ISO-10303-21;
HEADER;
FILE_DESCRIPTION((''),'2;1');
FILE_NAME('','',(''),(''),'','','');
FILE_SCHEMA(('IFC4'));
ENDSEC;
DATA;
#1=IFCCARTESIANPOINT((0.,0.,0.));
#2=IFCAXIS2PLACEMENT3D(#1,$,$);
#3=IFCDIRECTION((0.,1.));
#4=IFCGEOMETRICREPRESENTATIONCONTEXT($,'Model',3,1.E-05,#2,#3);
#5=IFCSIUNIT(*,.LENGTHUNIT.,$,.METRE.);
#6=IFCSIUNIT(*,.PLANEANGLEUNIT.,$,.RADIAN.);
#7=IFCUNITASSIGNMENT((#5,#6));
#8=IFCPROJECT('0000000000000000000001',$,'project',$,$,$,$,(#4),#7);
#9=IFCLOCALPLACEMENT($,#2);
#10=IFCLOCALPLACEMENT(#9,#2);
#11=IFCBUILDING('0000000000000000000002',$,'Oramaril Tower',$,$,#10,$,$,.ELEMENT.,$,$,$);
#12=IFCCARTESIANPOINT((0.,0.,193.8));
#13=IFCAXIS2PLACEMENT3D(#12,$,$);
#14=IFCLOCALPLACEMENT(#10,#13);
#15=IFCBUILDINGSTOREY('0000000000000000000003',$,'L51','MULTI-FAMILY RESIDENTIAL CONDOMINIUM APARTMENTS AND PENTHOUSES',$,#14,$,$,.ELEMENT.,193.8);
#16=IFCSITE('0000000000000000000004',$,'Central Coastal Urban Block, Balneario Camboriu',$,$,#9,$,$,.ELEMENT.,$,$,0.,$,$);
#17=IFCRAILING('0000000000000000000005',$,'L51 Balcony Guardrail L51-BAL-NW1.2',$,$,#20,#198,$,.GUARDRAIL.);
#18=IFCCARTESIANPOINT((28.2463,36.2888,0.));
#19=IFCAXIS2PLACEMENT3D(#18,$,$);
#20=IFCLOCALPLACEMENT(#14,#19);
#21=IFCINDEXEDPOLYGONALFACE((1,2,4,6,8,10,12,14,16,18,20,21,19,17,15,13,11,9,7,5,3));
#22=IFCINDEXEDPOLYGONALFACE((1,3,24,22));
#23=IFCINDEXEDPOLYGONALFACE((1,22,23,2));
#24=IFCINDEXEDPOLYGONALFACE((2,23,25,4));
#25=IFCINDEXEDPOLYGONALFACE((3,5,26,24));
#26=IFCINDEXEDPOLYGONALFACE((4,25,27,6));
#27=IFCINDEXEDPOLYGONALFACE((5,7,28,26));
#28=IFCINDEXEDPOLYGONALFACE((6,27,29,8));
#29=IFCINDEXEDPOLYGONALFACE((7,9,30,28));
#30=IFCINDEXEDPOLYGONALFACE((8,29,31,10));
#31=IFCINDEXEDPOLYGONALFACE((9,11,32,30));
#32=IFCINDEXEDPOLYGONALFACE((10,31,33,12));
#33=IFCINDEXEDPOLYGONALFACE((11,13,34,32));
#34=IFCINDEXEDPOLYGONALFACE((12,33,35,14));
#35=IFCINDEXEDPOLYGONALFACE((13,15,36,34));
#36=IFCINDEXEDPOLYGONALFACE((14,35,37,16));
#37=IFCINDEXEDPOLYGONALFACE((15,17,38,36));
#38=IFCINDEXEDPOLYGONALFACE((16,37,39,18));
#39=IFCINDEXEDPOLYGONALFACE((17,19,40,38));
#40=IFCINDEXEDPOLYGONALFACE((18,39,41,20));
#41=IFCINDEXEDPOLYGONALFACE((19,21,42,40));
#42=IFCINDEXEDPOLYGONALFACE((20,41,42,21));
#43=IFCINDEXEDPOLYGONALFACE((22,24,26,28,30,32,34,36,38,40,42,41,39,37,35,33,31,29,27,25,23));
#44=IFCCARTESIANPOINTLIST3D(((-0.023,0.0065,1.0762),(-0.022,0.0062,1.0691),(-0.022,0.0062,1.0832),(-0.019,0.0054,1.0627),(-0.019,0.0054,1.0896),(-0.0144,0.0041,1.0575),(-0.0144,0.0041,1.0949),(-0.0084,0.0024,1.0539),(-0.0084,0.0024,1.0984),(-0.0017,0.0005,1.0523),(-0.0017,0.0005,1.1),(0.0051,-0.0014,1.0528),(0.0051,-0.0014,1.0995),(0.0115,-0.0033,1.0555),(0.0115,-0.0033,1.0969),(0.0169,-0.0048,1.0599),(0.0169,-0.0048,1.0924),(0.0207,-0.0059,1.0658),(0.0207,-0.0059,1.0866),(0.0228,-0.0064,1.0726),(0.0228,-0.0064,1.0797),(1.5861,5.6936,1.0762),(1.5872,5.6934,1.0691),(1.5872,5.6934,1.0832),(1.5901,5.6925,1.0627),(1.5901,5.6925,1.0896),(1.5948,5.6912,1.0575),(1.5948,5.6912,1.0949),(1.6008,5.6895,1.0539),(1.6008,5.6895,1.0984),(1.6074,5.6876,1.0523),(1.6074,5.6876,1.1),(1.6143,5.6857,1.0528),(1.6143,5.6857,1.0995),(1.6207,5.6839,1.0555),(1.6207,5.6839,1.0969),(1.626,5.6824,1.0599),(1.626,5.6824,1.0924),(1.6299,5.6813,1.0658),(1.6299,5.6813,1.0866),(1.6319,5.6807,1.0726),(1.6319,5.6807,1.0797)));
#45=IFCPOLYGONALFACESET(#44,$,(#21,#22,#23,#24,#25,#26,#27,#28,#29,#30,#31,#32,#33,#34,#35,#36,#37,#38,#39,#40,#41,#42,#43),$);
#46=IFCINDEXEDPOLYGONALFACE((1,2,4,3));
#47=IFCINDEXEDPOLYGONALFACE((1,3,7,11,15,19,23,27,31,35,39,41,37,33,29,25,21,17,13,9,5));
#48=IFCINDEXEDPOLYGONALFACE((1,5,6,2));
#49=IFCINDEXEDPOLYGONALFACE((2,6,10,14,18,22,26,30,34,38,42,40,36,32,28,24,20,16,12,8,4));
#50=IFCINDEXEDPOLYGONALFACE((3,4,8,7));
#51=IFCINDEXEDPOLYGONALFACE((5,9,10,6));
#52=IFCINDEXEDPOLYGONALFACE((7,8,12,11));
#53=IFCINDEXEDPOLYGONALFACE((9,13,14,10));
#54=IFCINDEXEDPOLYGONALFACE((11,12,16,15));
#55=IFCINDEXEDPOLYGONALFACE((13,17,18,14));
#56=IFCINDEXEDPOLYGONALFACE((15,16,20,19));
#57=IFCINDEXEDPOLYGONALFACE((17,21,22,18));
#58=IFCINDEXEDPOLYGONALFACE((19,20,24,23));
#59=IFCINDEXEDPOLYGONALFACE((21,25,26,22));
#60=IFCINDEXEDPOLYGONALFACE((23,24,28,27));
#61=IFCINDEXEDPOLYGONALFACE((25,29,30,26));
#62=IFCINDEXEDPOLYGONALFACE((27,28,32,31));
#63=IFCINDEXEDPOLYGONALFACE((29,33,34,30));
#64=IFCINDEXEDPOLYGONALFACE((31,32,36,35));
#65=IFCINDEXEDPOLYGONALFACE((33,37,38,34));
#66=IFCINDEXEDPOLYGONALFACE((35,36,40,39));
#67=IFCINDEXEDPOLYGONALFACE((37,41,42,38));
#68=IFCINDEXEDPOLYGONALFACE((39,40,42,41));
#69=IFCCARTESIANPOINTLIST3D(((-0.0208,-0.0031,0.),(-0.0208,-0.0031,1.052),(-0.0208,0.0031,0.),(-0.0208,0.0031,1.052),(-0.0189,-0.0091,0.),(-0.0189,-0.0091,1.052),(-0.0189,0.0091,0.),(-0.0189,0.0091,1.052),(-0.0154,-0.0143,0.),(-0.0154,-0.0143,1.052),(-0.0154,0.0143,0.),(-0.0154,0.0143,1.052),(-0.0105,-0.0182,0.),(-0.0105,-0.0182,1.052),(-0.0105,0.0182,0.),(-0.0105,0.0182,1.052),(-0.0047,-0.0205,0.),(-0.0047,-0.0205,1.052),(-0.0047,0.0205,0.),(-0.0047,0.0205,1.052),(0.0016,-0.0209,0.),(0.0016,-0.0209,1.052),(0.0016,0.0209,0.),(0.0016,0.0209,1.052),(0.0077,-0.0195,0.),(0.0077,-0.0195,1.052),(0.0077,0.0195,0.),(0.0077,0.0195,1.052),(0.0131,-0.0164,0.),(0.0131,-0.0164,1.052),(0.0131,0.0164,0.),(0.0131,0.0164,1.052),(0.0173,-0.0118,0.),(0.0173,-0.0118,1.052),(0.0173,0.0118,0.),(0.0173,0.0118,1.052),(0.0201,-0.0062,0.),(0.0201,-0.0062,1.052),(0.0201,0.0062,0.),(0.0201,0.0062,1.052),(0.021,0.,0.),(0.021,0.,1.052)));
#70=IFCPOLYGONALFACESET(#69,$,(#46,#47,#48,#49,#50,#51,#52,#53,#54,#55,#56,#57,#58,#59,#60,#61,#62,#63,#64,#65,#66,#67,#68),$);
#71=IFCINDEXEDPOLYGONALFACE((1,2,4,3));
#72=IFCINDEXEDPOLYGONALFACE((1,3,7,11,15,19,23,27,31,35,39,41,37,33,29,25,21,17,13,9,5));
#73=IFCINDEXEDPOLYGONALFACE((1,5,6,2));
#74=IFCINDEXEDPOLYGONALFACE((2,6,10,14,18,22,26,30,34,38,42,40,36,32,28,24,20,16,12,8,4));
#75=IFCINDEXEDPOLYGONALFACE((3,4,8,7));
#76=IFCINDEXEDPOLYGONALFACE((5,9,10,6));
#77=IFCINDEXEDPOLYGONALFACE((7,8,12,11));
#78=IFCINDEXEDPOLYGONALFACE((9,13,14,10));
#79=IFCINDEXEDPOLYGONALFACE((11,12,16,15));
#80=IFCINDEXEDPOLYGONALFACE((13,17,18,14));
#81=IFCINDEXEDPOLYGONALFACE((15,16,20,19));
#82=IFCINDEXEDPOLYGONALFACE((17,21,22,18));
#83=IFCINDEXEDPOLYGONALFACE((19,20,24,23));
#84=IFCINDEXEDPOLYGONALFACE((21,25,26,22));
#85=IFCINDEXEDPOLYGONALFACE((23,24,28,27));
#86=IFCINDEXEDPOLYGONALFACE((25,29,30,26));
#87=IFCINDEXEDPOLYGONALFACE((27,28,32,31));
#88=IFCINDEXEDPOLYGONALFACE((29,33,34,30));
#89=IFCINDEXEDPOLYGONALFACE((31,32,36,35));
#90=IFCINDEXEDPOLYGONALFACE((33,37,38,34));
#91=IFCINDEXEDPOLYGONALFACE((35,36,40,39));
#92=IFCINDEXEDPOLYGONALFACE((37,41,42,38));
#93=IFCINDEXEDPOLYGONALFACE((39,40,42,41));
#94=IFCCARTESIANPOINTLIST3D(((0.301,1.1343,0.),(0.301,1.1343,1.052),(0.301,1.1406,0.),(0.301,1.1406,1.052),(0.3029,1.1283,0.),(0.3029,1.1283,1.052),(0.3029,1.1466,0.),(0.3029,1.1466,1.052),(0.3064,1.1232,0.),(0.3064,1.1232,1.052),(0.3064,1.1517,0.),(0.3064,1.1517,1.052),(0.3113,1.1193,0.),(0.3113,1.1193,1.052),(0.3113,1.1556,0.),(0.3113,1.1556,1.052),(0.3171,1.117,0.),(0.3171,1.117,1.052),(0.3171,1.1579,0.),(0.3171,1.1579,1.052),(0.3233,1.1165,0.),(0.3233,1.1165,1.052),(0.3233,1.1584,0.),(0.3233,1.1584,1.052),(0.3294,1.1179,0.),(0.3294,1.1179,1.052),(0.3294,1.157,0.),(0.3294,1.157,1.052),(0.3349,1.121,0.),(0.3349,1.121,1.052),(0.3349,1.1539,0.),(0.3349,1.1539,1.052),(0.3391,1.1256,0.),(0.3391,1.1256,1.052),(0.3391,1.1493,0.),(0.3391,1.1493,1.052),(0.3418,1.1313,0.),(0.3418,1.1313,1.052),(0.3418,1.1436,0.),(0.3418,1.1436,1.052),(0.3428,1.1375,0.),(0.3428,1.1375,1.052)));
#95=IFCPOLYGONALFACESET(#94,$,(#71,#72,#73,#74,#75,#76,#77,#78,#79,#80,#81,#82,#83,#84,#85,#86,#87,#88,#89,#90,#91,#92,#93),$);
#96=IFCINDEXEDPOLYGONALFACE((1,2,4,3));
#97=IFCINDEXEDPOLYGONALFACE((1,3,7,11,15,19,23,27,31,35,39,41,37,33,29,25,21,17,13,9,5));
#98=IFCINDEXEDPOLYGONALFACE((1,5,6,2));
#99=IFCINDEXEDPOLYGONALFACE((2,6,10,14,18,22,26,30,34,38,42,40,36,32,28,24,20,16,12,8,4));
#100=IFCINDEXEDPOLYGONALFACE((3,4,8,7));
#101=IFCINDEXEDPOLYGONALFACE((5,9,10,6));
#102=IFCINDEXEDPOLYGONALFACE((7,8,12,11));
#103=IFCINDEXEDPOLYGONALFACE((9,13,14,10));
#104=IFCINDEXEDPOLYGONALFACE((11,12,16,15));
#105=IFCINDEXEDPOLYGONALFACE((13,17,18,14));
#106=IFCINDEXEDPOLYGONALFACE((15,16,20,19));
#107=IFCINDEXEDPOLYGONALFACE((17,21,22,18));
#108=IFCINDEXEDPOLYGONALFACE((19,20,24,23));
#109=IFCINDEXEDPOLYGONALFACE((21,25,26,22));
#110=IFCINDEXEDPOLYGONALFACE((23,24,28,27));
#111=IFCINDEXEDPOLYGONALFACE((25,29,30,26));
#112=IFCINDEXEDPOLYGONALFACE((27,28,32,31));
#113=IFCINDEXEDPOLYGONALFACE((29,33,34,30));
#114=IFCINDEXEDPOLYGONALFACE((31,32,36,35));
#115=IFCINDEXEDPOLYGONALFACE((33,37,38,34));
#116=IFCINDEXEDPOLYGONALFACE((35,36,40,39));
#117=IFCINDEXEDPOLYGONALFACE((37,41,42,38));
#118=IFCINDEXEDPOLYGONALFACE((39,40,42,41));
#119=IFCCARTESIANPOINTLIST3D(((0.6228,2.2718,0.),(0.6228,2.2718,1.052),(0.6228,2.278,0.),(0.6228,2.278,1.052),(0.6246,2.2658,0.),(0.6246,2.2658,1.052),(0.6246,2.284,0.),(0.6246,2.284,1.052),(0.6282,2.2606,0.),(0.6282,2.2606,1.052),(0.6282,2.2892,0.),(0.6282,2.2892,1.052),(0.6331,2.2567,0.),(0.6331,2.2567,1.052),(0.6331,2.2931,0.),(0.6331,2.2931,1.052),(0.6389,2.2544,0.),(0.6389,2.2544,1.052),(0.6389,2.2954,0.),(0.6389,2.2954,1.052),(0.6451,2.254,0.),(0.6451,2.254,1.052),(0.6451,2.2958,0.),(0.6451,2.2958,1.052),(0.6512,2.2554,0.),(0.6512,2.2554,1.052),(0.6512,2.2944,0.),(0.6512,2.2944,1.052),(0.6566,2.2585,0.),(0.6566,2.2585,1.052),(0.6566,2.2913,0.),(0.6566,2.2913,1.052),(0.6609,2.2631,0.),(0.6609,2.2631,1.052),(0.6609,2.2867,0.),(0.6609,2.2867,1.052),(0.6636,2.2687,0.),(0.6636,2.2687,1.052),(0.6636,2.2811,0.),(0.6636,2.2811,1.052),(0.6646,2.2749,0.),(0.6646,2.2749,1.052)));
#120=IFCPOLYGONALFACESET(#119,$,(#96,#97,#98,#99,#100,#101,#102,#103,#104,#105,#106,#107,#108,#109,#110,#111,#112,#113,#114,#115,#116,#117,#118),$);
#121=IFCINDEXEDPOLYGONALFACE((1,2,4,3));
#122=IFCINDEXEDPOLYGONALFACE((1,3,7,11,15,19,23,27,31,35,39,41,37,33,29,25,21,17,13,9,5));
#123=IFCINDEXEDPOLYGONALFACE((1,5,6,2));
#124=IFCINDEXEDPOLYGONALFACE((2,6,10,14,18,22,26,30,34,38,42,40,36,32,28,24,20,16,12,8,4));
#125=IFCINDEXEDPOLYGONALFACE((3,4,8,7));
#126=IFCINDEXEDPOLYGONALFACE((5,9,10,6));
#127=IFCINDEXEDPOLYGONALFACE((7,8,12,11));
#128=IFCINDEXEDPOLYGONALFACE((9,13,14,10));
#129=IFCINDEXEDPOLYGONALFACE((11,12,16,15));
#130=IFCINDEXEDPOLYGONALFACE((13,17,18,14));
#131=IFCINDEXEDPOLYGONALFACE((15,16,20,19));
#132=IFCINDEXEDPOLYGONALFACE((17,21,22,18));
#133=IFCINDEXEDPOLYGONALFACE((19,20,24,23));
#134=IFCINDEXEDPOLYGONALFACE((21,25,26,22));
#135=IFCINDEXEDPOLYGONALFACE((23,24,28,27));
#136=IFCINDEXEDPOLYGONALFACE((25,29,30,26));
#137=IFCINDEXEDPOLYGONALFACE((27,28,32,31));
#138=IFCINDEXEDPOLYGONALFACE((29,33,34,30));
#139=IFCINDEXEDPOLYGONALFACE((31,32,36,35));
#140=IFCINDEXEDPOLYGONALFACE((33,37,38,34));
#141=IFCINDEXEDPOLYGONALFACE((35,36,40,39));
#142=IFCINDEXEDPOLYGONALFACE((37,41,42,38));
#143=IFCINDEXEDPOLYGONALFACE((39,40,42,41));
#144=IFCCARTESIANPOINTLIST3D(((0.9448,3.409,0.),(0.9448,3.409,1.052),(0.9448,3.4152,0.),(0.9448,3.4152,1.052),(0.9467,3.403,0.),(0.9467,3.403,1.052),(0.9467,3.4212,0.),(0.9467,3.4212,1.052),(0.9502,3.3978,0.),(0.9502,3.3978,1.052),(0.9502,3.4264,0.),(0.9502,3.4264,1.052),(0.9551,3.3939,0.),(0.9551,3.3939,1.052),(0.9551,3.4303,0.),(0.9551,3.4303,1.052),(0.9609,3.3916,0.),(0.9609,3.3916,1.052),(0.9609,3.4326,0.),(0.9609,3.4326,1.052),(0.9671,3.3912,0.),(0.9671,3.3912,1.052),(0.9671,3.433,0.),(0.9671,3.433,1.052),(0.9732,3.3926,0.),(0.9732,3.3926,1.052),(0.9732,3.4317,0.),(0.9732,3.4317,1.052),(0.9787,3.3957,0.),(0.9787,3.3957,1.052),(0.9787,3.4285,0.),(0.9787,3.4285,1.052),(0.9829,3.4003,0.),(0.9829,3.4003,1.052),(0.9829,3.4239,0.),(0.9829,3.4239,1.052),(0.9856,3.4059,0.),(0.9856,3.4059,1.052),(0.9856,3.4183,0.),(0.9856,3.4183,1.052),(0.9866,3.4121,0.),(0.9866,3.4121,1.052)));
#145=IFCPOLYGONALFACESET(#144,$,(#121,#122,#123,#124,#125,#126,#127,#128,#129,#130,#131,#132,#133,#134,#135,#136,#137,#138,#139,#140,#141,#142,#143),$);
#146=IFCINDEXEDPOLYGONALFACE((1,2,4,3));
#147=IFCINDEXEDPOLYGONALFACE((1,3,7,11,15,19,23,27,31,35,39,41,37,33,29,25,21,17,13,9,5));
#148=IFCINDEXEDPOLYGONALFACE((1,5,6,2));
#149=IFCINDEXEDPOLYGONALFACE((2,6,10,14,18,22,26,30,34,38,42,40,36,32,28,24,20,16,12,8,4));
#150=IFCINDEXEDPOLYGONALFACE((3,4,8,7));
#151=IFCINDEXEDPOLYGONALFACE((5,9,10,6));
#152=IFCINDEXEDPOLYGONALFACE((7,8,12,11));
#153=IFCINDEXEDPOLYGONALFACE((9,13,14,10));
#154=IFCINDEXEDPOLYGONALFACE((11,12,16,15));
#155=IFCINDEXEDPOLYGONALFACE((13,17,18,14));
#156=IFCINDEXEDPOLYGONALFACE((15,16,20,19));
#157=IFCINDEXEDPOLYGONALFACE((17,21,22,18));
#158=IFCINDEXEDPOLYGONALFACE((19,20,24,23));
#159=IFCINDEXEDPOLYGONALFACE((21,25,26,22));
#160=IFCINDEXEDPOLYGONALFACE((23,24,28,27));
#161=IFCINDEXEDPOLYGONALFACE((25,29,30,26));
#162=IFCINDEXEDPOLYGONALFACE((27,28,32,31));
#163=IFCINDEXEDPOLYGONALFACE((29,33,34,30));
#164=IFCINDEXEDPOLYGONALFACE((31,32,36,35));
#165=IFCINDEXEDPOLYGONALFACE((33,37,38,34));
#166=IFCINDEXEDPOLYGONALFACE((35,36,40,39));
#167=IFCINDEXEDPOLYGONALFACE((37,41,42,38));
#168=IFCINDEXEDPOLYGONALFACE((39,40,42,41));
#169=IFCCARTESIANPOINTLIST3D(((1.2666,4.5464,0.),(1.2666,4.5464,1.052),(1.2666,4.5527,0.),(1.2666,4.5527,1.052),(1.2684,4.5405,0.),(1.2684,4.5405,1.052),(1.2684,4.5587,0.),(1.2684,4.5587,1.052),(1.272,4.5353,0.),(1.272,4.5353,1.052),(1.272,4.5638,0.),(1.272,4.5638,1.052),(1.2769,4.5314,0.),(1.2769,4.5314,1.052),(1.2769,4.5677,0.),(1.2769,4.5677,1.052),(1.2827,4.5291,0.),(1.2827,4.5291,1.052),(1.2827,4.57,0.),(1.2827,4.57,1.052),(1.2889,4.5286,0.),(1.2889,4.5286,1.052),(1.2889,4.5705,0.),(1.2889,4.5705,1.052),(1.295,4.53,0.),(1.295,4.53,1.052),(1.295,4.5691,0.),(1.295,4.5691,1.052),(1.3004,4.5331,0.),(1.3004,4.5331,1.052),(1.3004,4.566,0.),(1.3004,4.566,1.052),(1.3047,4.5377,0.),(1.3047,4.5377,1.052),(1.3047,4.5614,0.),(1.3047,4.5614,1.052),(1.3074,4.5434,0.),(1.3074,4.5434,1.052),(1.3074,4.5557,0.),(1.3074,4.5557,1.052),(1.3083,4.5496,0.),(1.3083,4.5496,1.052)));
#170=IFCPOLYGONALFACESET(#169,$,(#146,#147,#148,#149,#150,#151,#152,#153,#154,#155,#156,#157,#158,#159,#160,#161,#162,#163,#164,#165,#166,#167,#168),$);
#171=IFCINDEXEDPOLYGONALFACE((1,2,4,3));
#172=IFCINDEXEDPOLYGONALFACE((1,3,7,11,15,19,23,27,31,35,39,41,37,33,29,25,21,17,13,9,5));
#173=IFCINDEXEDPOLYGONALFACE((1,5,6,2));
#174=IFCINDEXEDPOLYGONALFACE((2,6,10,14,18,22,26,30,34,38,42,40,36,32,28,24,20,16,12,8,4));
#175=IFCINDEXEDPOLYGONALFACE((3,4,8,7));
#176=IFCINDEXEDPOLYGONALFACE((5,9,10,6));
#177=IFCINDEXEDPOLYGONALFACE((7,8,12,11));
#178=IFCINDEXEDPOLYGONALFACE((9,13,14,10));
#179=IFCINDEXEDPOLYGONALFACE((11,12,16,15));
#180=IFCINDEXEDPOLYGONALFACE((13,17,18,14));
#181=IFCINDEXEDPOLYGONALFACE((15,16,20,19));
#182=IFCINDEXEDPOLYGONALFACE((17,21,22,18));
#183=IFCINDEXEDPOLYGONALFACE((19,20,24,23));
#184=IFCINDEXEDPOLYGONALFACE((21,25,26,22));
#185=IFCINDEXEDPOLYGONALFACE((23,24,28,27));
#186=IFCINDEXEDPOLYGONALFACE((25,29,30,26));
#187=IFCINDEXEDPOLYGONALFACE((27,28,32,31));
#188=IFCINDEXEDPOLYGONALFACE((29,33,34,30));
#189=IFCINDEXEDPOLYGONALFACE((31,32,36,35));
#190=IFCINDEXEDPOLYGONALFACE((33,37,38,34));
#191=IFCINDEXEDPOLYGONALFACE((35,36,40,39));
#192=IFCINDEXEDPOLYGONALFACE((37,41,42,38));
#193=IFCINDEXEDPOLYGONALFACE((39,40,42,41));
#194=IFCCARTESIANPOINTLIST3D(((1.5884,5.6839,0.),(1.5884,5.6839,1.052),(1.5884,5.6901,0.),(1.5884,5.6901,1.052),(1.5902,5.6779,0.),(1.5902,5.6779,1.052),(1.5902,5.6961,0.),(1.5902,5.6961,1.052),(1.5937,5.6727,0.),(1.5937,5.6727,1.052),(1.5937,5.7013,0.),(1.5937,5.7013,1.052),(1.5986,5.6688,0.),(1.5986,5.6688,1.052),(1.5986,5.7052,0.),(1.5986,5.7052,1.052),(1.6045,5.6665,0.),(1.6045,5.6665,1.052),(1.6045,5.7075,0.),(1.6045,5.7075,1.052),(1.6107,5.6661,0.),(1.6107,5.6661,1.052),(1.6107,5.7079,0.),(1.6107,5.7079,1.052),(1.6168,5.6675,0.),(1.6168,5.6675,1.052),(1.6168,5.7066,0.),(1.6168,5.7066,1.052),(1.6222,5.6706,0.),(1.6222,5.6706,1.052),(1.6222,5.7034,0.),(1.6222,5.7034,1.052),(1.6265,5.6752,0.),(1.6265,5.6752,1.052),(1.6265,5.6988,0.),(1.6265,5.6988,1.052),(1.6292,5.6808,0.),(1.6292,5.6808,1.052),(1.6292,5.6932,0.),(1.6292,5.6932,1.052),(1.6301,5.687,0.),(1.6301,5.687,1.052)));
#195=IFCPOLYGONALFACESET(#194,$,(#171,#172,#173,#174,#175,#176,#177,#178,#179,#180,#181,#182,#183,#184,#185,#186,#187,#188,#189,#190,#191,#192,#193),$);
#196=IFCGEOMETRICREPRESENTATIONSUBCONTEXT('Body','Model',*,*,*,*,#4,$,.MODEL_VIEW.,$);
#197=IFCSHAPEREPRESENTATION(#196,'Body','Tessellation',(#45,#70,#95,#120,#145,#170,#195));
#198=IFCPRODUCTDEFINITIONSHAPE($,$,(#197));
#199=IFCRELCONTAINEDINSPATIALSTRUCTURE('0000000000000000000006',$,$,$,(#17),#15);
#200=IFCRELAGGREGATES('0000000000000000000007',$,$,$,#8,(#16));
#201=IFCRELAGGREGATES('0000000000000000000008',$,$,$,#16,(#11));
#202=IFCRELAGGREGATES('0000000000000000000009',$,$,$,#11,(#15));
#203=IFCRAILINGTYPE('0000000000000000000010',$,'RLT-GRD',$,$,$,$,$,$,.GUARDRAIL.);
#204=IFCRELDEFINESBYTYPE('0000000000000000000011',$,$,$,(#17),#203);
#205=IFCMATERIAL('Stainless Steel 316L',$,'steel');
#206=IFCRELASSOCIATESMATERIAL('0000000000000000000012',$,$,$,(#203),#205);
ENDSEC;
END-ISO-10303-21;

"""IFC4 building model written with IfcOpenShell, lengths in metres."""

from ifc_helpers import new_model, si_unit, direction, frame, origin, origin_2d, place, context, subcontext, project, spatial, circle, extrude, material, type_object, element, save


model = new_model("IFC4")

# Units and contexts
model_context = context("Model", 3, precision=1e-05, world=origin(), true_north=direction((0.0, 1.0)))
body_context = subcontext(model_context, "Body", "Model", "MODEL_VIEW")
ifc_project = project(units=[si_unit("LENGTHUNIT", "METRE"), si_unit("PLANEANGLEUNIT", "RADIAN")], contexts=[model_context])

# Site, building, storey
site_placement = place(None, origin())
site = spatial("IfcSite", under=ifc_project, at=site_placement, Name="Central Coastal Urban Block, Balneario Camboriu", CompositionType="ELEMENT", RefElevation=0.0)
building_placement = place(site_placement, origin())
building = spatial("IfcBuilding", under=site, at=building_placement, Name="Oramaril Tower", CompositionType="ELEMENT")
storey_placement = place(building_placement, frame((0.0, 0.0, 193.8)))
storey = spatial("IfcBuildingStorey", under=building, at=storey_placement, Name="L51", Description="MULTI-FAMILY RESIDENTIAL CONDOMINIUM APARTMENTS AND PENTHOUSES", CompositionType="ELEMENT", Elevation=193.8)

# Railing
ifc_material_1 = material(Name="Stainless Steel 316L", Category="steel")
railing_type = type_object("IfcRailingType", Name="RLT-GRD", PredefinedType="GUARDRAIL", material=ifc_material_1)
railing_1_placement = place(storey_placement, frame((28.2463, 36.2888, 0.0)))
element("IfcRailing", 1, at=railing_1_placement, inside=storey, type_object=railing_type, Name="L51 Balcony Guardrail L51-BAL-NW1.2", PredefinedType="GUARDRAIL", context=body_context, shape_type="SweptSolid", body=[
    extrude(circle(Radius=0.0239, at=origin_2d()), frame((0.0, 0.0, 1.0762), z_axis=(0.27226, 0.962224, 0.0), x_axis=(-0.962224, 0.27226, 0.0)), (0.0, 0.0, 1.0), 5.9104),
    extrude(circle(Radius=0.021, at=origin_2d()), origin(), (0.0, 0.0, 1.0), 1.052),
    extrude(circle(Radius=0.021, at=origin_2d()), frame((0.3218, 1.1375, 0.0)), (0.0, 0.0, 1.0), 1.052),
    extrude(circle(Radius=0.021, at=origin_2d()), frame((0.6436, 2.2749, 0.0)), (0.0, 0.0, 1.0), 1.052),
    extrude(circle(Radius=0.021, at=origin_2d()), frame((0.9656, 3.4121, 0.0)), (0.0, 0.0, 1.0), 1.052),
    extrude(circle(Radius=0.021, at=origin_2d()), frame((1.2874, 4.5496, 0.0)), (0.0, 0.0, 1.0), 1.052),
    extrude(circle(Radius=0.021, at=origin_2d()), frame((1.6091, 5.687, 0.0)), (0.0, 0.0, 1.0), 1.052),
])

save(model, "model.ifc")
